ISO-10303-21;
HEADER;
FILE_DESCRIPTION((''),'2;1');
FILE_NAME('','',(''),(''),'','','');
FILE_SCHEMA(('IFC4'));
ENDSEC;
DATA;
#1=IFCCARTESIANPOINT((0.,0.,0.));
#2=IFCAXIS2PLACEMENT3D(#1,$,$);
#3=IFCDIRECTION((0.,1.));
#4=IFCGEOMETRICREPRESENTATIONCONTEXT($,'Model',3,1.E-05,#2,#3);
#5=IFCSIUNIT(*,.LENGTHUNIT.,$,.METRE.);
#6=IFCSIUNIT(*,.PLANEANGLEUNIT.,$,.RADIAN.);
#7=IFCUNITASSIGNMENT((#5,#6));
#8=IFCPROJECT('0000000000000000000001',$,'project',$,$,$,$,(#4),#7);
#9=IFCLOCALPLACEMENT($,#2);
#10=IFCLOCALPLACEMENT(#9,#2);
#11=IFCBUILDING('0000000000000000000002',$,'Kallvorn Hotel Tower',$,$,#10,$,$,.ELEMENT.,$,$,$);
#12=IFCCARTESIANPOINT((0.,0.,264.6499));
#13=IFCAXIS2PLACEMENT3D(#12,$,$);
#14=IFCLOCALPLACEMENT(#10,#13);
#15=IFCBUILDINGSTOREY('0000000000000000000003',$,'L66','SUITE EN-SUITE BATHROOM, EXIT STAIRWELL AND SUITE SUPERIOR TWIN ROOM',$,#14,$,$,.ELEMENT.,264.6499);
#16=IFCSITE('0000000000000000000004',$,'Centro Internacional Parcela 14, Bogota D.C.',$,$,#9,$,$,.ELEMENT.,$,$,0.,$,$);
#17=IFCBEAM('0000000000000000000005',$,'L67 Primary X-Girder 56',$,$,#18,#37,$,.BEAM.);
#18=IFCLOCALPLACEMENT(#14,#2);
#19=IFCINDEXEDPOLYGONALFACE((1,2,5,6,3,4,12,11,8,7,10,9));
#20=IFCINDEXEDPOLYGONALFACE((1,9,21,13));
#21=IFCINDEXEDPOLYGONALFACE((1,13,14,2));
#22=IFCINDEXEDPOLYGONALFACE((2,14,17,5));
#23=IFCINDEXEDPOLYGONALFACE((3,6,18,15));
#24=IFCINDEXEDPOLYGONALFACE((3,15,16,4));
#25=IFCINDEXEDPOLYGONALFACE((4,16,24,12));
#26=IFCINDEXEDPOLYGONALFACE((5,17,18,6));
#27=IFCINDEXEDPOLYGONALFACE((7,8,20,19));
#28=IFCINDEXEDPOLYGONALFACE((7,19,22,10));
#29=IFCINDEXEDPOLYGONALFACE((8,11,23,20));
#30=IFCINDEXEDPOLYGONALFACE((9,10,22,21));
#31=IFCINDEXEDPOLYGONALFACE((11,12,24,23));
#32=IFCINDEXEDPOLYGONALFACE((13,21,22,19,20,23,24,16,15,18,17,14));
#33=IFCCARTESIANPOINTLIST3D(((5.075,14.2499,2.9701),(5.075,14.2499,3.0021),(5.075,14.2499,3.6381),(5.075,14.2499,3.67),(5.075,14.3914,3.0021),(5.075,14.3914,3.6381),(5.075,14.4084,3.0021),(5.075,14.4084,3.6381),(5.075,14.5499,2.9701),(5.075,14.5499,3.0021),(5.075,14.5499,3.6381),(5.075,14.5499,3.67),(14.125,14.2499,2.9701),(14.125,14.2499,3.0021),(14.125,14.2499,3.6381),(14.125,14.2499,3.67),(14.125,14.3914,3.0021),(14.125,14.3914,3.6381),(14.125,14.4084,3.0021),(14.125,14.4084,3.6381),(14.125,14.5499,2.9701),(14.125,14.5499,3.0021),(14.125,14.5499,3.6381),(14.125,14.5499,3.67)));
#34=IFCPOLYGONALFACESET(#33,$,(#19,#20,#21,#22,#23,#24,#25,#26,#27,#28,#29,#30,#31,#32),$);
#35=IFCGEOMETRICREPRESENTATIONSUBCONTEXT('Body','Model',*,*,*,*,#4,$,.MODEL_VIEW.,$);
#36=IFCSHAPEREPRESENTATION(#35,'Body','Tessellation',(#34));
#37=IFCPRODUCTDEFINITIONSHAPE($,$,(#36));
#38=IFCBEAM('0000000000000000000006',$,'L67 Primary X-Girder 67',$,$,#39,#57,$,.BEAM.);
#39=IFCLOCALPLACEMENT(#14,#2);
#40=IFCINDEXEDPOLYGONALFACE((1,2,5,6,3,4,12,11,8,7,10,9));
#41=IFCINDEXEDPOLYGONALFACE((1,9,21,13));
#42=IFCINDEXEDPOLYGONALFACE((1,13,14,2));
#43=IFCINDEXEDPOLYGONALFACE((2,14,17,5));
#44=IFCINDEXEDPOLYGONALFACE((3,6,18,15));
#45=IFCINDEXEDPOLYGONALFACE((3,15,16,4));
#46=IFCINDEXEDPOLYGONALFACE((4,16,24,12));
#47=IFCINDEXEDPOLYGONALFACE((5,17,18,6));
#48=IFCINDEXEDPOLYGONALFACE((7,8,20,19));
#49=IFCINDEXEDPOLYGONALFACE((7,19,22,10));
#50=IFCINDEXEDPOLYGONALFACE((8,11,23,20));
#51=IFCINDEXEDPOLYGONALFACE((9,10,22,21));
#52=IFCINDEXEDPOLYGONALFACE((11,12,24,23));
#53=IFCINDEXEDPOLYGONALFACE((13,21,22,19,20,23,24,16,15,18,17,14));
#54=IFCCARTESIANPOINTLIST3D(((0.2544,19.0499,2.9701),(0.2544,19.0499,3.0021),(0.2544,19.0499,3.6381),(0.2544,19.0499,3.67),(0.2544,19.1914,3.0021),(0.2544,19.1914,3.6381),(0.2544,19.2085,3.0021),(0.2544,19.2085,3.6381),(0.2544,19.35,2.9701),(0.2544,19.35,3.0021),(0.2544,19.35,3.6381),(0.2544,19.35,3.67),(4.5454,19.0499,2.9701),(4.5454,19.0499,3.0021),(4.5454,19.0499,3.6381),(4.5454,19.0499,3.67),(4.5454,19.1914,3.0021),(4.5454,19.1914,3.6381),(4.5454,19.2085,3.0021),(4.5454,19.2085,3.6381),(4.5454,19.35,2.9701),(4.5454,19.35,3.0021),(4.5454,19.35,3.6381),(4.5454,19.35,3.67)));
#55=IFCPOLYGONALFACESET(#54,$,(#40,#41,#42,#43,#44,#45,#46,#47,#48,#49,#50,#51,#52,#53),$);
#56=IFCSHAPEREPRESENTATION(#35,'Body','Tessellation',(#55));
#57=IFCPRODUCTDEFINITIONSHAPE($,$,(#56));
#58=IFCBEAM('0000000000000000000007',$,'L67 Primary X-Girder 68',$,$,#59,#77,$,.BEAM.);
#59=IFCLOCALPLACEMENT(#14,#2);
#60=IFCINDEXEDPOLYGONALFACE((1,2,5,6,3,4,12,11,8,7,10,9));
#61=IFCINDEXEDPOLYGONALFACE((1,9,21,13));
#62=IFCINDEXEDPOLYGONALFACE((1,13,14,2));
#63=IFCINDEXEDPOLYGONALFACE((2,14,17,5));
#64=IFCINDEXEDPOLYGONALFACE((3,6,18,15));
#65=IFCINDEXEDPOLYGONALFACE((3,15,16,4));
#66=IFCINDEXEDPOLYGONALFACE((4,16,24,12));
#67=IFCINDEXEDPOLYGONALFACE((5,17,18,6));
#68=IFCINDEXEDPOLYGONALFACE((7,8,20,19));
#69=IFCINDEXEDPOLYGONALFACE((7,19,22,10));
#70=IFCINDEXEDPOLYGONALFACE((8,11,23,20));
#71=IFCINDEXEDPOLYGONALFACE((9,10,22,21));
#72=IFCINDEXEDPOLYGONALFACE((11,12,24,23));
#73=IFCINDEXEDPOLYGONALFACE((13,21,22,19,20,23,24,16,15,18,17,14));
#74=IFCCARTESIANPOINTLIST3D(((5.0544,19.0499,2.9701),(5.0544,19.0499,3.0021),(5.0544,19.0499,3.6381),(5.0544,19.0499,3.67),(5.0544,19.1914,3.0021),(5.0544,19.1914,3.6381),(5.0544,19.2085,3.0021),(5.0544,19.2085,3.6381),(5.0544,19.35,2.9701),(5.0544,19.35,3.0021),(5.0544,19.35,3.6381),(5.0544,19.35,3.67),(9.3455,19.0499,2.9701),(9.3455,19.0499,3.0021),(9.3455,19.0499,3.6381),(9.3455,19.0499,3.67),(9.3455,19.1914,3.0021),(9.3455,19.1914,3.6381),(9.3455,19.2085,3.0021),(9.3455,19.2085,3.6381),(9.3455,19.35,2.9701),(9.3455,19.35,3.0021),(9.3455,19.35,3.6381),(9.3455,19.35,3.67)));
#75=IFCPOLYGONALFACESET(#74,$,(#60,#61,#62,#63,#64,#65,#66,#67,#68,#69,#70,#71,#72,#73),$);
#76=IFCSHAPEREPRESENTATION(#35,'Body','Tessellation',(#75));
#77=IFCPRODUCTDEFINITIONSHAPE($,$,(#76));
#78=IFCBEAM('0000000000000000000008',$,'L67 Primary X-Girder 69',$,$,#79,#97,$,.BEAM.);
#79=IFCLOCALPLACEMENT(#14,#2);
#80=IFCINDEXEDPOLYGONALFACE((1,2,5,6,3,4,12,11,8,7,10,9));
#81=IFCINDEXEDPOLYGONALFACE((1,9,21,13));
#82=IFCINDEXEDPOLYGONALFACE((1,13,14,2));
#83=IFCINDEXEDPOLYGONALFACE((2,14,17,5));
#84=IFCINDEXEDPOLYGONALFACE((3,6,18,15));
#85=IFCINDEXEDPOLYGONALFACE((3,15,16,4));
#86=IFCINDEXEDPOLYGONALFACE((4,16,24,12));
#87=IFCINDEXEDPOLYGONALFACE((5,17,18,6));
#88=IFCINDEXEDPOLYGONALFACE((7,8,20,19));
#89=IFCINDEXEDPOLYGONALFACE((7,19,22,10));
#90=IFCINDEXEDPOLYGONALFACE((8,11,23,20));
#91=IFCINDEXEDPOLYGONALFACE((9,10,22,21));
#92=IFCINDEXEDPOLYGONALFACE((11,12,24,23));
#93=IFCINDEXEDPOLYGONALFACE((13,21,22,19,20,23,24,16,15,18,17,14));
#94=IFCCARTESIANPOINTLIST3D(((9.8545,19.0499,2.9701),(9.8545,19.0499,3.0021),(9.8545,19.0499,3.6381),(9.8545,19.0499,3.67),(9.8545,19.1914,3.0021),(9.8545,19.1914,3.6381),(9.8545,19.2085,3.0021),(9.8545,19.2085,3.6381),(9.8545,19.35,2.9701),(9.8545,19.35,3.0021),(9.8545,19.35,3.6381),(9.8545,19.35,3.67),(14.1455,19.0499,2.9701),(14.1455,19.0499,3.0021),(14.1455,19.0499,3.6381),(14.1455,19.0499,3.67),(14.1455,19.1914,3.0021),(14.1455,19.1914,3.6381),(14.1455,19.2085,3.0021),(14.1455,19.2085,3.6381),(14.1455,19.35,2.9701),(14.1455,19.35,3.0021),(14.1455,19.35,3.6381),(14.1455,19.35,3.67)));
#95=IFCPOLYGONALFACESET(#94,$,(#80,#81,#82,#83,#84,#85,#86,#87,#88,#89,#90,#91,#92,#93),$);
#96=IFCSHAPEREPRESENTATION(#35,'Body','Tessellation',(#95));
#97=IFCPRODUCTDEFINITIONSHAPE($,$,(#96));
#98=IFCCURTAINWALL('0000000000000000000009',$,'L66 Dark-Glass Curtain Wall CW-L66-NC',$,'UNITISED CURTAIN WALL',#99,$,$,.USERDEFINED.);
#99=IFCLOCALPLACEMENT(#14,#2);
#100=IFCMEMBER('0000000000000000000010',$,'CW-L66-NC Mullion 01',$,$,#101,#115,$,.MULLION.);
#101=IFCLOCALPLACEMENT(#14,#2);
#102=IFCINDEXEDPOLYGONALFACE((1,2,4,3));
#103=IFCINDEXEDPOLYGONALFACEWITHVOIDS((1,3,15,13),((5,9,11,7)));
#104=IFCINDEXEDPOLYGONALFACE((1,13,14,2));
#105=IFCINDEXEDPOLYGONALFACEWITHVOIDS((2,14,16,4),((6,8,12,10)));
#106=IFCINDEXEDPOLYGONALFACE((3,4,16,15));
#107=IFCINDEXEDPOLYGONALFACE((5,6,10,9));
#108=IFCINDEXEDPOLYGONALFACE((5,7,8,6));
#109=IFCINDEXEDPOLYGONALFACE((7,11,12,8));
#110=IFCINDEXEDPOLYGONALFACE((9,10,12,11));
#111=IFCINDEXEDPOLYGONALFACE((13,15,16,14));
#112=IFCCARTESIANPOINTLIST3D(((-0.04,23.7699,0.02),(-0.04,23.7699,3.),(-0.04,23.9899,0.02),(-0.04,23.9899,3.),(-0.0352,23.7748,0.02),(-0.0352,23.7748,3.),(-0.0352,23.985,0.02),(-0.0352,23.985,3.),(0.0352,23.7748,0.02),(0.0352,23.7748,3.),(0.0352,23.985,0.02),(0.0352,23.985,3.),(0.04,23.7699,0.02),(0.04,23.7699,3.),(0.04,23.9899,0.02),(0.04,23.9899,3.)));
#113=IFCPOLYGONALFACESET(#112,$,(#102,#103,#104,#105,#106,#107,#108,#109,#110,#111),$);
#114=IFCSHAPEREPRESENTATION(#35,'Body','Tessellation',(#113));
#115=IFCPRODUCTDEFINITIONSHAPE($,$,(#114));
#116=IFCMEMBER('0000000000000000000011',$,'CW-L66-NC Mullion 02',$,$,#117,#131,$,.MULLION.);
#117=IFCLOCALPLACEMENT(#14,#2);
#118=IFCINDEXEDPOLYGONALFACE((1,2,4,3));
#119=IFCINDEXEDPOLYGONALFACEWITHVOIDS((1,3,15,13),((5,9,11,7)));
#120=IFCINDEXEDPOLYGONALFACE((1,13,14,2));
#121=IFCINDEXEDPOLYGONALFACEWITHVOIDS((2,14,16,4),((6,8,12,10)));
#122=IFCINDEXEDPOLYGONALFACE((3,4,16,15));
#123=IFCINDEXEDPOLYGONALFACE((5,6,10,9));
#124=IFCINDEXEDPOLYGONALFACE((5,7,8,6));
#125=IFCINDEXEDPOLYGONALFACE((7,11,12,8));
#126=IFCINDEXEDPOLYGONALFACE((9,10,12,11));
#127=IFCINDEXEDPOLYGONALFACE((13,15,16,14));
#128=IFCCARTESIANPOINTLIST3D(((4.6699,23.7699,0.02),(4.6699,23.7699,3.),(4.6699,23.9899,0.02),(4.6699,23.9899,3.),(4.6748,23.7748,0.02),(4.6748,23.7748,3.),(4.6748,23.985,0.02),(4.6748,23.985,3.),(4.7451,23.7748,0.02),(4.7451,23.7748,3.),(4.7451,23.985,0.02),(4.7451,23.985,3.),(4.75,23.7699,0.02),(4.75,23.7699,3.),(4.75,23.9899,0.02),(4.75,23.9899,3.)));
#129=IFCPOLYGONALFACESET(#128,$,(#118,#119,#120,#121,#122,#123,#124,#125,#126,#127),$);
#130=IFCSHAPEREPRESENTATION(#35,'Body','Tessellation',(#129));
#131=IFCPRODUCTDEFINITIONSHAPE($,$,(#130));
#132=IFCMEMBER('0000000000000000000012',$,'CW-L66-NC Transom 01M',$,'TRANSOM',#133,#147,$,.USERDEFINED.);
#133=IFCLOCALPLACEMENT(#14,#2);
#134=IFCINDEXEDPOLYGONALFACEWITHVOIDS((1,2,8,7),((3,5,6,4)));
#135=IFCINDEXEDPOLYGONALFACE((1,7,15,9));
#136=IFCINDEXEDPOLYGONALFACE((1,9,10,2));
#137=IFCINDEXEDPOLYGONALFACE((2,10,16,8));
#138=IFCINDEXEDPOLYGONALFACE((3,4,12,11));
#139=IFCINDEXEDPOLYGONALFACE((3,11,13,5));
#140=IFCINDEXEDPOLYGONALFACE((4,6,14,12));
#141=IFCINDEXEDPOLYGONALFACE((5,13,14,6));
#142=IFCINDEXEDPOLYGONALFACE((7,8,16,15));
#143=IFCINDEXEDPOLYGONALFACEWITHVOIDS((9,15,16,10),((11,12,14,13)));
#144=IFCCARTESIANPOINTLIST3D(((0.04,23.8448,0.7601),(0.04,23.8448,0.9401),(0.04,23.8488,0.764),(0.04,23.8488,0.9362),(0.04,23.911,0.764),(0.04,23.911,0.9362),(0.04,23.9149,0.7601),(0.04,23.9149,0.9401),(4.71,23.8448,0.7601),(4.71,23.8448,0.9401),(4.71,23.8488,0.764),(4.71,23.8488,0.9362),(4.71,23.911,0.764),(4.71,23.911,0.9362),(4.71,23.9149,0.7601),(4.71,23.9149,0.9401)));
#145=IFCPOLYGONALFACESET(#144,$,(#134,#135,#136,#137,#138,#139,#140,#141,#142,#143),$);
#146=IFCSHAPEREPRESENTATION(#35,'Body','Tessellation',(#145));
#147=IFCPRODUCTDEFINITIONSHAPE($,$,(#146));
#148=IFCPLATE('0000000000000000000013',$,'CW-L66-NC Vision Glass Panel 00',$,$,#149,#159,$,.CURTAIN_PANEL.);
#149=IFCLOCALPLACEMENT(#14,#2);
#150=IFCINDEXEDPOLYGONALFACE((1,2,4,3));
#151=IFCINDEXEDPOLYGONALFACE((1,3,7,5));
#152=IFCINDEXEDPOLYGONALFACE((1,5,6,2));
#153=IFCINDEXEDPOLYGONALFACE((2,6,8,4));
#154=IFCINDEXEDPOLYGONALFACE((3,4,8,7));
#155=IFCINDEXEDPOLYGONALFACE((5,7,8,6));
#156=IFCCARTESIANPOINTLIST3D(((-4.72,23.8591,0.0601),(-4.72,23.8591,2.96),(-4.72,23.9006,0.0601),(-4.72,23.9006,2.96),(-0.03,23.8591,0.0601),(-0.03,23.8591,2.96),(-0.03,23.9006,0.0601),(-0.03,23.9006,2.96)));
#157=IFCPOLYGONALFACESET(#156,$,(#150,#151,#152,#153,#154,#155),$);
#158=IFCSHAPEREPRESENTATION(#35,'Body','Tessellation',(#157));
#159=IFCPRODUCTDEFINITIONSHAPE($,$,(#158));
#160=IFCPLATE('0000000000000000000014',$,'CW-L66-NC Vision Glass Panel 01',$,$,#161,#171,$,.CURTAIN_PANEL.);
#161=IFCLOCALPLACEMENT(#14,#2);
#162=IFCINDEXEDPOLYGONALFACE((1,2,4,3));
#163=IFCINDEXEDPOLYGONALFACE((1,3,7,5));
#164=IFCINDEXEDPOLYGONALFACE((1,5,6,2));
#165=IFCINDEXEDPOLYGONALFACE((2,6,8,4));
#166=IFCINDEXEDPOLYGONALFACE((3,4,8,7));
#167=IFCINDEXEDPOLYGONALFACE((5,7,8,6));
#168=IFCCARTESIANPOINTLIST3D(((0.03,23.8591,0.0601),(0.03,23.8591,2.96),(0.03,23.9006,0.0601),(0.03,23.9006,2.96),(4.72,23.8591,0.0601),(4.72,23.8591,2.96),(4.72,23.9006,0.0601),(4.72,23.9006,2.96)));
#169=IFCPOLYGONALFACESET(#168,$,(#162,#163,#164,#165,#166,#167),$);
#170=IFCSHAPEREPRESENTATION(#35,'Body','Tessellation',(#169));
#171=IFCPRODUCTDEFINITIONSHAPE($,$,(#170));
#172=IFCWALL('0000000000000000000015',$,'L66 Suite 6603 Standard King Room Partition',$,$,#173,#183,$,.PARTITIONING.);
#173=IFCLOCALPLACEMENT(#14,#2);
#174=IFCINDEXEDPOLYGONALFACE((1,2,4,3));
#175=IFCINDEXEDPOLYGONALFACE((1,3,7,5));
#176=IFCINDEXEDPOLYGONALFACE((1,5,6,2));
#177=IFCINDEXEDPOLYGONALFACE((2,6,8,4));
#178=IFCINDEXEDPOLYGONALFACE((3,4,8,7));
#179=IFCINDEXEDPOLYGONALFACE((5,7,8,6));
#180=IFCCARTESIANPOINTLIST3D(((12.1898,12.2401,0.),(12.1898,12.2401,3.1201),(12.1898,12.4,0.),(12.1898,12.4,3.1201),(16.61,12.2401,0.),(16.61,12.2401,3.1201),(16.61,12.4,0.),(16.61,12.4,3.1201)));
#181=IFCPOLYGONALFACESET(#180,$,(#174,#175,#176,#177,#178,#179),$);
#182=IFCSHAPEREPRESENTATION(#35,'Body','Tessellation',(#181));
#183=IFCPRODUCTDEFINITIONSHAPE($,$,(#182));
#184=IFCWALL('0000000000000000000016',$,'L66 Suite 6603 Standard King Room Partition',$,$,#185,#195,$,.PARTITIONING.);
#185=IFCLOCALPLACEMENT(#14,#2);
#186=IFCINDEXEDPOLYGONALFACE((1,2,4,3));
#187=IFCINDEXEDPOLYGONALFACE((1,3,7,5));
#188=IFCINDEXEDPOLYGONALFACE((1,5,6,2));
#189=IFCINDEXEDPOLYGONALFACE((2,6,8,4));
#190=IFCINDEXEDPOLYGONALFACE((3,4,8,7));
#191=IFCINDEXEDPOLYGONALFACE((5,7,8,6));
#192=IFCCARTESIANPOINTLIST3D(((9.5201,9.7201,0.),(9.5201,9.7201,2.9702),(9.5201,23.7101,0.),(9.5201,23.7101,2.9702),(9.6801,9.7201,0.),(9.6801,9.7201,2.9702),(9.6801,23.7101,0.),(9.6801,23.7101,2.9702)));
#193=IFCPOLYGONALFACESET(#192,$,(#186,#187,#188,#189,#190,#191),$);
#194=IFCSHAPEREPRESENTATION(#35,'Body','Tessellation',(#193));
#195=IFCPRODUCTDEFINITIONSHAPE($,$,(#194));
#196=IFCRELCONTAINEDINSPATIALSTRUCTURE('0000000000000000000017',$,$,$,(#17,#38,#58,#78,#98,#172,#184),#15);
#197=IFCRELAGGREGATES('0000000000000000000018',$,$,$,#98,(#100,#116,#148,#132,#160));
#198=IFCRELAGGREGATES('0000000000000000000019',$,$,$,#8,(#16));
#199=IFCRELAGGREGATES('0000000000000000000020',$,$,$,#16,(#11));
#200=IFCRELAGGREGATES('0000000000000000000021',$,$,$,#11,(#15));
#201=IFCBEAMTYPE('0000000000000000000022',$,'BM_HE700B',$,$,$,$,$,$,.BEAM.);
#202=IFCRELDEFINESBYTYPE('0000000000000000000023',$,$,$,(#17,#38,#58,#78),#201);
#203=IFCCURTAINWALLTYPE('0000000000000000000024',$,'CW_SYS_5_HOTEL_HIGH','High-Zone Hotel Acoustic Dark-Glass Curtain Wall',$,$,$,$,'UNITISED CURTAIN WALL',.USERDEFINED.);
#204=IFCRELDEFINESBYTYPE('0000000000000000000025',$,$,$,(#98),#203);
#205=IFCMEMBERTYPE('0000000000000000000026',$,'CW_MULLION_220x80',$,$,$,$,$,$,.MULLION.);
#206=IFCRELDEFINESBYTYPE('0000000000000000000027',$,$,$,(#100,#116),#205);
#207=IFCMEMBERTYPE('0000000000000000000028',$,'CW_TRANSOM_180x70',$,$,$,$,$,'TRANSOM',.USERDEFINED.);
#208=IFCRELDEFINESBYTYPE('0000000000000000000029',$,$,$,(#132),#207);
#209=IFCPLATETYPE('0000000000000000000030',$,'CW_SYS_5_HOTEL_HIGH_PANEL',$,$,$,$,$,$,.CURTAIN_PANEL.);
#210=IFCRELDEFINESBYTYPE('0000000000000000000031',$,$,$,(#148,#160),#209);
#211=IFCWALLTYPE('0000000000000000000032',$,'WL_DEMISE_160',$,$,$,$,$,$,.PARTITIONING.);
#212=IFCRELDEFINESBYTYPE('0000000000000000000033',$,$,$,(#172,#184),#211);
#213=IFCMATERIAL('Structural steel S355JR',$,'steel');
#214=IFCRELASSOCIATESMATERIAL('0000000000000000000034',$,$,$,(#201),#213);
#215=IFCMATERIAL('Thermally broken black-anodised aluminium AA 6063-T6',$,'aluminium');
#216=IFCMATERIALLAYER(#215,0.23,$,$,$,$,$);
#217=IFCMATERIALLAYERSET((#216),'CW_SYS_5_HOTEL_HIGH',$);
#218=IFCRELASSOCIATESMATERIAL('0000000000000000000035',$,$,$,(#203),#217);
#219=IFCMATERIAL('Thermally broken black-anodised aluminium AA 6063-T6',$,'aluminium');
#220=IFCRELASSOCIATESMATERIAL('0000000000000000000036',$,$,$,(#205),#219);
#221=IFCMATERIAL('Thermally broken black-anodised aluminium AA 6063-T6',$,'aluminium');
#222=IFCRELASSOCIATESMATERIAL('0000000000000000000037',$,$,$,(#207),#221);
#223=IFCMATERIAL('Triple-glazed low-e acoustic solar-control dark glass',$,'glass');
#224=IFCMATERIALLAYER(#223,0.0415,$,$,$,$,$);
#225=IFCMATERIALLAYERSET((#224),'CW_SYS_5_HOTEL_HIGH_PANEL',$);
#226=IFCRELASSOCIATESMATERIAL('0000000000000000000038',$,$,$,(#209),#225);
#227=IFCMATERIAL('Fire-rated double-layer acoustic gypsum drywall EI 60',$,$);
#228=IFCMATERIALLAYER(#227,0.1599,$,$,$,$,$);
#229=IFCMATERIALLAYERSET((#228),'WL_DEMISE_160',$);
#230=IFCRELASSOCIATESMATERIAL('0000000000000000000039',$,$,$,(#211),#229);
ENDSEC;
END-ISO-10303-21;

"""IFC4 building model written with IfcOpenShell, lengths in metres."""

from ifc_helpers import new_model, si_unit, direction, frame, frame_2d, origin, origin_2d, place, context, subcontext, project, spatial, rectangle, hollow_rectangle, i_section, extrude, material, layer, layer_set, material_profile, profile_set, type_object, element, aggregate, save


model = new_model("IFC4")

# Units and contexts
model_context = context("Model", 3, precision=1e-05, world=origin(), true_north=direction((0.0, 1.0)))
body_context = subcontext(model_context, "Body", "Model", "MODEL_VIEW")
ifc_project = project(units=[si_unit("LENGTHUNIT", "METRE"), si_unit("PLANEANGLEUNIT", "RADIAN")], contexts=[model_context])

# Site, building, storey
site_placement = place(None, origin())
site = spatial("IfcSite", under=ifc_project, at=site_placement, Name="Centro Internacional Parcela 14, Bogota D.C.", CompositionType="ELEMENT", RefElevation=0.0)
building_placement = place(site_placement, origin())
building = spatial("IfcBuilding", under=site, at=building_placement, Name="Kallvorn Hotel Tower", CompositionType="ELEMENT")
storey_placement = place(building_placement, frame((0.0, 0.0, 264.6499)))
storey = spatial("IfcBuildingStorey", under=building, at=storey_placement, Name="L66", Description="SUITE EN-SUITE BATHROOM, EXIT STAIRWELL AND SUITE SUPERIOR TWIN ROOM", CompositionType="ELEMENT", Elevation=264.6499)

# Beams
ifc_material_1 = material(Name="Structural steel S355JR", Category="steel")
ifc_material_profile_1 = material_profile(ifc_material_1, i_section(OverallWidth=0.3, OverallDepth=0.7, WebThickness=0.0171, FlangeThickness=0.032, at=origin_2d()), Name="HE 700 B")
ifc_profile_set_1 = profile_set([ifc_material_profile_1], Name="Structural steel S355JR")
beam_type_1 = type_object("IfcBeamType", Name="BM_HE700B", PredefinedType="BEAM", material=ifc_profile_set_1)
beam_1_placement = place(storey_placement, frame((5.075, 14.3999, 3.3201), z_axis=(1.0, 0.0, 0.0), x_axis=(0.0, 1.0, 0.0)))
element("IfcBeam", 1, at=beam_1_placement, inside=storey, type_object=beam_type_1, Name="L67 Primary X-Girder 56", PredefinedType="BEAM", context=body_context, shape_type="SweptSolid", body=[
    extrude(i_section(OverallWidth=0.3, OverallDepth=0.7, WebThickness=0.0171, FlangeThickness=0.032, at=origin_2d()), origin(), (0.0, 0.0, 1.0), 9.05),
])
for number, where, z_axis, x_axis, name in (
    (2, (0.2544, 19.2, 3.3201), (1.0, 0.0, 0.0), (0.0, 1.0, 0.0), "L67 Primary X-Girder 67"),
    (3, (5.0544, 19.2, 3.3201), (1.0, 0.0, 0.0), (0.0, 1.0, 0.0), "L67 Primary X-Girder 68"),
    (4, (9.8545, 19.2, 3.3201), (1.0, 0.0, 0.0), (0.0, 1.0, 0.0), "L67 Primary X-Girder 69"),
):
    element("IfcBeam", number, at=place(storey_placement, frame(where, z_axis=z_axis, x_axis=x_axis)), inside=storey, type_object=beam_type_1, Name=name, PredefinedType="BEAM", context=body_context, shape_type="SweptSolid", body=[
        extrude(i_section(OverallWidth=0.3, OverallDepth=0.7, WebThickness=0.0171, FlangeThickness=0.032, at=origin_2d()), origin(), (0.0, 0.0, 1.0), 4.291),
    ])

# Curtain wall, members, plates
ifc_material_2 = material(Name="Thermally broken black-anodised aluminium AA 6063-T6", Category="aluminium")
ifc_layer_1 = layer(ifc_material_2, 0.23)
ifc_layer_set_1 = layer_set([ifc_layer_1], Name="CW_SYS_5_HOTEL_HIGH")
curtain_wall_type = type_object("IfcCurtainWallType", Name="CW_SYS_5_HOTEL_HIGH", Description="High-Zone Hotel Acoustic Dark-Glass Curtain Wall", ElementType="UNITISED CURTAIN WALL", PredefinedType="USERDEFINED", material=ifc_layer_set_1)
curtain_wall_placement = place(storey_placement, origin())
curtain_wall = element("IfcCurtainWall", 5, at=curtain_wall_placement, inside=storey, type_object=curtain_wall_type, Name="L66 Dark-Glass Curtain Wall CW-L66-NC", ObjectType="UNITISED CURTAIN WALL", PredefinedType="USERDEFINED")
ifc_material_3 = material(Name="Thermally broken black-anodised aluminium AA 6063-T6", Category="aluminium")
ifc_material_profile_2 = material_profile(ifc_material_3, hollow_rectangle(XDim=0.0801, YDim=0.22, WallThickness=0.0049, at=origin_2d()), Name="MUL 220x80")
ifc_profile_set_2 = profile_set([ifc_material_profile_2], Name="Thermally broken black-anodised aluminium AA 6063-T6")
member_type_1 = type_object("IfcMemberType", Name="CW_MULLION_220x80", PredefinedType="MULLION", material=ifc_profile_set_2)
member_1_placement = place(storey_placement, frame((0.0, 23.8799, 0.02), z_axis=(0.0, 0.0, 1.0), x_axis=(1.0, 0.0, 0.0)))
member_1 = element("IfcMember", 6, at=member_1_placement, type_object=member_type_1, Name="CW-L66-NC Mullion 01", PredefinedType="MULLION", context=body_context, shape_type="SweptSolid", body=[
    extrude(hollow_rectangle(XDim=0.0801, YDim=0.22, WallThickness=0.0049, at=origin_2d()), origin(), (0.0, 0.0, 1.0), 2.98),
])
member_2_placement = place(storey_placement, frame((4.71, 23.8799, 0.02), z_axis=(0.0, 0.0, 1.0), x_axis=(1.0, 0.0, 0.0)))
member_2 = element("IfcMember", 7, at=member_2_placement, type_object=member_type_1, Name="CW-L66-NC Mullion 02", PredefinedType="MULLION", context=body_context, shape_type="SweptSolid", body=[
    extrude(hollow_rectangle(XDim=0.0801, YDim=0.22, WallThickness=0.0049, at=origin_2d()), origin(), (0.0, 0.0, 1.0), 2.98),
])
ifc_material_4 = material(Name="Thermally broken black-anodised aluminium AA 6063-T6", Category="aluminium")
ifc_material_profile_3 = material_profile(ifc_material_4, hollow_rectangle(XDim=0.0701, YDim=0.1799, WallThickness=0.0039, at=origin_2d()), Name="TRN 180x70")
ifc_profile_set_3 = profile_set([ifc_material_profile_3], Name="Thermally broken black-anodised aluminium AA 6063-T6")
member_type_2 = type_object("IfcMemberType", Name="CW_TRANSOM_180x70", ElementType="TRANSOM", PredefinedType="USERDEFINED", material=ifc_profile_set_3)
member_3_placement = place(storey_placement, frame((0.04, 23.8799, 0.8501), z_axis=(1.0, 0.0, 0.0), x_axis=(0.0, 1.0, 0.0)))
member_3 = element("IfcMember", 8, at=member_3_placement, type_object=member_type_2, Name="CW-L66-NC Transom 01M", ObjectType="TRANSOM", PredefinedType="USERDEFINED", context=body_context, shape_type="SweptSolid", body=[
    extrude(hollow_rectangle(XDim=0.0701, YDim=0.1799, WallThickness=0.0039, at=origin_2d()), origin(), (0.0, 0.0, 1.0), 4.6699),
])
ifc_material_5 = material(Name="Triple-glazed low-e acoustic solar-control dark glass", Category="glass")
ifc_layer_2 = layer(ifc_material_5, 0.0415)
ifc_layer_set_2 = layer_set([ifc_layer_2], Name="CW_SYS_5_HOTEL_HIGH_PANEL")
plate_type = type_object("IfcPlateType", Name="CW_SYS_5_HOTEL_HIGH_PANEL", PredefinedType="CURTAIN_PANEL", material=ifc_layer_set_2)
plate_1_placement = place(storey_placement, frame((-2.375, 23.8799, 0.0601), z_axis=(0.0, 0.0, 1.0), x_axis=(1.0, 0.0, 0.0)))
plate_1 = element("IfcPlate", 9, at=plate_1_placement, type_object=plate_type, Name="CW-L66-NC Vision Glass Panel 00", PredefinedType="CURTAIN_PANEL", context=body_context, shape_type="SweptSolid", body=[
    extrude(rectangle(XDim=4.6899, YDim=0.0415, at=origin_2d()), origin(), (0.0, 0.0, 1.0), 2.8999),
])
plate_2_placement = place(storey_placement, frame((2.375, 23.8799, 0.0601), z_axis=(0.0, 0.0, 1.0), x_axis=(1.0, 0.0, 0.0)))
plate_2 = element("IfcPlate", 10, at=plate_2_placement, type_object=plate_type, Name="CW-L66-NC Vision Glass Panel 01", PredefinedType="CURTAIN_PANEL", context=body_context, shape_type="SweptSolid", body=[
    extrude(rectangle(XDim=4.6899, YDim=0.0415, at=origin_2d()), origin(), (0.0, 0.0, 1.0), 2.8999),
])
aggregate(curtain_wall, [member_1, member_2, plate_1, member_3, plate_2])

# Walls
ifc_material_6 = material(Name="Fire-rated double-layer acoustic gypsum drywall EI 60")
ifc_layer_3 = layer(ifc_material_6, 0.1599)
ifc_layer_set_3 = layer_set([ifc_layer_3], Name="WL_DEMISE_160")
wall_type_1 = type_object("IfcWallType", Name="WL_DEMISE_160", PredefinedType="PARTITIONING", material=ifc_layer_set_3)
wall_1_placement = place(storey_placement, frame((12.1899, 12.3201, 0.0), z_axis=(0.0, 0.0, 1.0), x_axis=(1.0, 0.0, 0.0)))
element("IfcWall", 11, at=wall_1_placement, inside=storey, type_object=wall_type_1, Name="L66 Suite 6603 Standard King Room Partition", PredefinedType="PARTITIONING", context=body_context, shape_type="SweptSolid", body=[
    extrude(rectangle(XDim=4.4202, YDim=0.1599, at=frame_2d((2.21, 0.0))), origin(), (0.0, 0.0, 1.0), 3.1201),
])
wall_2_placement = place(storey_placement, frame((9.6001, 9.72, 0.0), z_axis=(0.0, 0.0, 1.0), x_axis=(0.0, 1.0, 0.0)))
element("IfcWall", 12, at=wall_2_placement, inside=storey, type_object=wall_type_1, Name="L66 Suite 6603 Standard King Room Partition", PredefinedType="PARTITIONING", context=body_context, shape_type="SweptSolid", body=[
    extrude(rectangle(XDim=13.99, YDim=0.1599, at=frame_2d((6.9951, 0.0))), origin(), (0.0, 0.0, 1.0), 2.9702),
])

save(model, "model.ifc")
